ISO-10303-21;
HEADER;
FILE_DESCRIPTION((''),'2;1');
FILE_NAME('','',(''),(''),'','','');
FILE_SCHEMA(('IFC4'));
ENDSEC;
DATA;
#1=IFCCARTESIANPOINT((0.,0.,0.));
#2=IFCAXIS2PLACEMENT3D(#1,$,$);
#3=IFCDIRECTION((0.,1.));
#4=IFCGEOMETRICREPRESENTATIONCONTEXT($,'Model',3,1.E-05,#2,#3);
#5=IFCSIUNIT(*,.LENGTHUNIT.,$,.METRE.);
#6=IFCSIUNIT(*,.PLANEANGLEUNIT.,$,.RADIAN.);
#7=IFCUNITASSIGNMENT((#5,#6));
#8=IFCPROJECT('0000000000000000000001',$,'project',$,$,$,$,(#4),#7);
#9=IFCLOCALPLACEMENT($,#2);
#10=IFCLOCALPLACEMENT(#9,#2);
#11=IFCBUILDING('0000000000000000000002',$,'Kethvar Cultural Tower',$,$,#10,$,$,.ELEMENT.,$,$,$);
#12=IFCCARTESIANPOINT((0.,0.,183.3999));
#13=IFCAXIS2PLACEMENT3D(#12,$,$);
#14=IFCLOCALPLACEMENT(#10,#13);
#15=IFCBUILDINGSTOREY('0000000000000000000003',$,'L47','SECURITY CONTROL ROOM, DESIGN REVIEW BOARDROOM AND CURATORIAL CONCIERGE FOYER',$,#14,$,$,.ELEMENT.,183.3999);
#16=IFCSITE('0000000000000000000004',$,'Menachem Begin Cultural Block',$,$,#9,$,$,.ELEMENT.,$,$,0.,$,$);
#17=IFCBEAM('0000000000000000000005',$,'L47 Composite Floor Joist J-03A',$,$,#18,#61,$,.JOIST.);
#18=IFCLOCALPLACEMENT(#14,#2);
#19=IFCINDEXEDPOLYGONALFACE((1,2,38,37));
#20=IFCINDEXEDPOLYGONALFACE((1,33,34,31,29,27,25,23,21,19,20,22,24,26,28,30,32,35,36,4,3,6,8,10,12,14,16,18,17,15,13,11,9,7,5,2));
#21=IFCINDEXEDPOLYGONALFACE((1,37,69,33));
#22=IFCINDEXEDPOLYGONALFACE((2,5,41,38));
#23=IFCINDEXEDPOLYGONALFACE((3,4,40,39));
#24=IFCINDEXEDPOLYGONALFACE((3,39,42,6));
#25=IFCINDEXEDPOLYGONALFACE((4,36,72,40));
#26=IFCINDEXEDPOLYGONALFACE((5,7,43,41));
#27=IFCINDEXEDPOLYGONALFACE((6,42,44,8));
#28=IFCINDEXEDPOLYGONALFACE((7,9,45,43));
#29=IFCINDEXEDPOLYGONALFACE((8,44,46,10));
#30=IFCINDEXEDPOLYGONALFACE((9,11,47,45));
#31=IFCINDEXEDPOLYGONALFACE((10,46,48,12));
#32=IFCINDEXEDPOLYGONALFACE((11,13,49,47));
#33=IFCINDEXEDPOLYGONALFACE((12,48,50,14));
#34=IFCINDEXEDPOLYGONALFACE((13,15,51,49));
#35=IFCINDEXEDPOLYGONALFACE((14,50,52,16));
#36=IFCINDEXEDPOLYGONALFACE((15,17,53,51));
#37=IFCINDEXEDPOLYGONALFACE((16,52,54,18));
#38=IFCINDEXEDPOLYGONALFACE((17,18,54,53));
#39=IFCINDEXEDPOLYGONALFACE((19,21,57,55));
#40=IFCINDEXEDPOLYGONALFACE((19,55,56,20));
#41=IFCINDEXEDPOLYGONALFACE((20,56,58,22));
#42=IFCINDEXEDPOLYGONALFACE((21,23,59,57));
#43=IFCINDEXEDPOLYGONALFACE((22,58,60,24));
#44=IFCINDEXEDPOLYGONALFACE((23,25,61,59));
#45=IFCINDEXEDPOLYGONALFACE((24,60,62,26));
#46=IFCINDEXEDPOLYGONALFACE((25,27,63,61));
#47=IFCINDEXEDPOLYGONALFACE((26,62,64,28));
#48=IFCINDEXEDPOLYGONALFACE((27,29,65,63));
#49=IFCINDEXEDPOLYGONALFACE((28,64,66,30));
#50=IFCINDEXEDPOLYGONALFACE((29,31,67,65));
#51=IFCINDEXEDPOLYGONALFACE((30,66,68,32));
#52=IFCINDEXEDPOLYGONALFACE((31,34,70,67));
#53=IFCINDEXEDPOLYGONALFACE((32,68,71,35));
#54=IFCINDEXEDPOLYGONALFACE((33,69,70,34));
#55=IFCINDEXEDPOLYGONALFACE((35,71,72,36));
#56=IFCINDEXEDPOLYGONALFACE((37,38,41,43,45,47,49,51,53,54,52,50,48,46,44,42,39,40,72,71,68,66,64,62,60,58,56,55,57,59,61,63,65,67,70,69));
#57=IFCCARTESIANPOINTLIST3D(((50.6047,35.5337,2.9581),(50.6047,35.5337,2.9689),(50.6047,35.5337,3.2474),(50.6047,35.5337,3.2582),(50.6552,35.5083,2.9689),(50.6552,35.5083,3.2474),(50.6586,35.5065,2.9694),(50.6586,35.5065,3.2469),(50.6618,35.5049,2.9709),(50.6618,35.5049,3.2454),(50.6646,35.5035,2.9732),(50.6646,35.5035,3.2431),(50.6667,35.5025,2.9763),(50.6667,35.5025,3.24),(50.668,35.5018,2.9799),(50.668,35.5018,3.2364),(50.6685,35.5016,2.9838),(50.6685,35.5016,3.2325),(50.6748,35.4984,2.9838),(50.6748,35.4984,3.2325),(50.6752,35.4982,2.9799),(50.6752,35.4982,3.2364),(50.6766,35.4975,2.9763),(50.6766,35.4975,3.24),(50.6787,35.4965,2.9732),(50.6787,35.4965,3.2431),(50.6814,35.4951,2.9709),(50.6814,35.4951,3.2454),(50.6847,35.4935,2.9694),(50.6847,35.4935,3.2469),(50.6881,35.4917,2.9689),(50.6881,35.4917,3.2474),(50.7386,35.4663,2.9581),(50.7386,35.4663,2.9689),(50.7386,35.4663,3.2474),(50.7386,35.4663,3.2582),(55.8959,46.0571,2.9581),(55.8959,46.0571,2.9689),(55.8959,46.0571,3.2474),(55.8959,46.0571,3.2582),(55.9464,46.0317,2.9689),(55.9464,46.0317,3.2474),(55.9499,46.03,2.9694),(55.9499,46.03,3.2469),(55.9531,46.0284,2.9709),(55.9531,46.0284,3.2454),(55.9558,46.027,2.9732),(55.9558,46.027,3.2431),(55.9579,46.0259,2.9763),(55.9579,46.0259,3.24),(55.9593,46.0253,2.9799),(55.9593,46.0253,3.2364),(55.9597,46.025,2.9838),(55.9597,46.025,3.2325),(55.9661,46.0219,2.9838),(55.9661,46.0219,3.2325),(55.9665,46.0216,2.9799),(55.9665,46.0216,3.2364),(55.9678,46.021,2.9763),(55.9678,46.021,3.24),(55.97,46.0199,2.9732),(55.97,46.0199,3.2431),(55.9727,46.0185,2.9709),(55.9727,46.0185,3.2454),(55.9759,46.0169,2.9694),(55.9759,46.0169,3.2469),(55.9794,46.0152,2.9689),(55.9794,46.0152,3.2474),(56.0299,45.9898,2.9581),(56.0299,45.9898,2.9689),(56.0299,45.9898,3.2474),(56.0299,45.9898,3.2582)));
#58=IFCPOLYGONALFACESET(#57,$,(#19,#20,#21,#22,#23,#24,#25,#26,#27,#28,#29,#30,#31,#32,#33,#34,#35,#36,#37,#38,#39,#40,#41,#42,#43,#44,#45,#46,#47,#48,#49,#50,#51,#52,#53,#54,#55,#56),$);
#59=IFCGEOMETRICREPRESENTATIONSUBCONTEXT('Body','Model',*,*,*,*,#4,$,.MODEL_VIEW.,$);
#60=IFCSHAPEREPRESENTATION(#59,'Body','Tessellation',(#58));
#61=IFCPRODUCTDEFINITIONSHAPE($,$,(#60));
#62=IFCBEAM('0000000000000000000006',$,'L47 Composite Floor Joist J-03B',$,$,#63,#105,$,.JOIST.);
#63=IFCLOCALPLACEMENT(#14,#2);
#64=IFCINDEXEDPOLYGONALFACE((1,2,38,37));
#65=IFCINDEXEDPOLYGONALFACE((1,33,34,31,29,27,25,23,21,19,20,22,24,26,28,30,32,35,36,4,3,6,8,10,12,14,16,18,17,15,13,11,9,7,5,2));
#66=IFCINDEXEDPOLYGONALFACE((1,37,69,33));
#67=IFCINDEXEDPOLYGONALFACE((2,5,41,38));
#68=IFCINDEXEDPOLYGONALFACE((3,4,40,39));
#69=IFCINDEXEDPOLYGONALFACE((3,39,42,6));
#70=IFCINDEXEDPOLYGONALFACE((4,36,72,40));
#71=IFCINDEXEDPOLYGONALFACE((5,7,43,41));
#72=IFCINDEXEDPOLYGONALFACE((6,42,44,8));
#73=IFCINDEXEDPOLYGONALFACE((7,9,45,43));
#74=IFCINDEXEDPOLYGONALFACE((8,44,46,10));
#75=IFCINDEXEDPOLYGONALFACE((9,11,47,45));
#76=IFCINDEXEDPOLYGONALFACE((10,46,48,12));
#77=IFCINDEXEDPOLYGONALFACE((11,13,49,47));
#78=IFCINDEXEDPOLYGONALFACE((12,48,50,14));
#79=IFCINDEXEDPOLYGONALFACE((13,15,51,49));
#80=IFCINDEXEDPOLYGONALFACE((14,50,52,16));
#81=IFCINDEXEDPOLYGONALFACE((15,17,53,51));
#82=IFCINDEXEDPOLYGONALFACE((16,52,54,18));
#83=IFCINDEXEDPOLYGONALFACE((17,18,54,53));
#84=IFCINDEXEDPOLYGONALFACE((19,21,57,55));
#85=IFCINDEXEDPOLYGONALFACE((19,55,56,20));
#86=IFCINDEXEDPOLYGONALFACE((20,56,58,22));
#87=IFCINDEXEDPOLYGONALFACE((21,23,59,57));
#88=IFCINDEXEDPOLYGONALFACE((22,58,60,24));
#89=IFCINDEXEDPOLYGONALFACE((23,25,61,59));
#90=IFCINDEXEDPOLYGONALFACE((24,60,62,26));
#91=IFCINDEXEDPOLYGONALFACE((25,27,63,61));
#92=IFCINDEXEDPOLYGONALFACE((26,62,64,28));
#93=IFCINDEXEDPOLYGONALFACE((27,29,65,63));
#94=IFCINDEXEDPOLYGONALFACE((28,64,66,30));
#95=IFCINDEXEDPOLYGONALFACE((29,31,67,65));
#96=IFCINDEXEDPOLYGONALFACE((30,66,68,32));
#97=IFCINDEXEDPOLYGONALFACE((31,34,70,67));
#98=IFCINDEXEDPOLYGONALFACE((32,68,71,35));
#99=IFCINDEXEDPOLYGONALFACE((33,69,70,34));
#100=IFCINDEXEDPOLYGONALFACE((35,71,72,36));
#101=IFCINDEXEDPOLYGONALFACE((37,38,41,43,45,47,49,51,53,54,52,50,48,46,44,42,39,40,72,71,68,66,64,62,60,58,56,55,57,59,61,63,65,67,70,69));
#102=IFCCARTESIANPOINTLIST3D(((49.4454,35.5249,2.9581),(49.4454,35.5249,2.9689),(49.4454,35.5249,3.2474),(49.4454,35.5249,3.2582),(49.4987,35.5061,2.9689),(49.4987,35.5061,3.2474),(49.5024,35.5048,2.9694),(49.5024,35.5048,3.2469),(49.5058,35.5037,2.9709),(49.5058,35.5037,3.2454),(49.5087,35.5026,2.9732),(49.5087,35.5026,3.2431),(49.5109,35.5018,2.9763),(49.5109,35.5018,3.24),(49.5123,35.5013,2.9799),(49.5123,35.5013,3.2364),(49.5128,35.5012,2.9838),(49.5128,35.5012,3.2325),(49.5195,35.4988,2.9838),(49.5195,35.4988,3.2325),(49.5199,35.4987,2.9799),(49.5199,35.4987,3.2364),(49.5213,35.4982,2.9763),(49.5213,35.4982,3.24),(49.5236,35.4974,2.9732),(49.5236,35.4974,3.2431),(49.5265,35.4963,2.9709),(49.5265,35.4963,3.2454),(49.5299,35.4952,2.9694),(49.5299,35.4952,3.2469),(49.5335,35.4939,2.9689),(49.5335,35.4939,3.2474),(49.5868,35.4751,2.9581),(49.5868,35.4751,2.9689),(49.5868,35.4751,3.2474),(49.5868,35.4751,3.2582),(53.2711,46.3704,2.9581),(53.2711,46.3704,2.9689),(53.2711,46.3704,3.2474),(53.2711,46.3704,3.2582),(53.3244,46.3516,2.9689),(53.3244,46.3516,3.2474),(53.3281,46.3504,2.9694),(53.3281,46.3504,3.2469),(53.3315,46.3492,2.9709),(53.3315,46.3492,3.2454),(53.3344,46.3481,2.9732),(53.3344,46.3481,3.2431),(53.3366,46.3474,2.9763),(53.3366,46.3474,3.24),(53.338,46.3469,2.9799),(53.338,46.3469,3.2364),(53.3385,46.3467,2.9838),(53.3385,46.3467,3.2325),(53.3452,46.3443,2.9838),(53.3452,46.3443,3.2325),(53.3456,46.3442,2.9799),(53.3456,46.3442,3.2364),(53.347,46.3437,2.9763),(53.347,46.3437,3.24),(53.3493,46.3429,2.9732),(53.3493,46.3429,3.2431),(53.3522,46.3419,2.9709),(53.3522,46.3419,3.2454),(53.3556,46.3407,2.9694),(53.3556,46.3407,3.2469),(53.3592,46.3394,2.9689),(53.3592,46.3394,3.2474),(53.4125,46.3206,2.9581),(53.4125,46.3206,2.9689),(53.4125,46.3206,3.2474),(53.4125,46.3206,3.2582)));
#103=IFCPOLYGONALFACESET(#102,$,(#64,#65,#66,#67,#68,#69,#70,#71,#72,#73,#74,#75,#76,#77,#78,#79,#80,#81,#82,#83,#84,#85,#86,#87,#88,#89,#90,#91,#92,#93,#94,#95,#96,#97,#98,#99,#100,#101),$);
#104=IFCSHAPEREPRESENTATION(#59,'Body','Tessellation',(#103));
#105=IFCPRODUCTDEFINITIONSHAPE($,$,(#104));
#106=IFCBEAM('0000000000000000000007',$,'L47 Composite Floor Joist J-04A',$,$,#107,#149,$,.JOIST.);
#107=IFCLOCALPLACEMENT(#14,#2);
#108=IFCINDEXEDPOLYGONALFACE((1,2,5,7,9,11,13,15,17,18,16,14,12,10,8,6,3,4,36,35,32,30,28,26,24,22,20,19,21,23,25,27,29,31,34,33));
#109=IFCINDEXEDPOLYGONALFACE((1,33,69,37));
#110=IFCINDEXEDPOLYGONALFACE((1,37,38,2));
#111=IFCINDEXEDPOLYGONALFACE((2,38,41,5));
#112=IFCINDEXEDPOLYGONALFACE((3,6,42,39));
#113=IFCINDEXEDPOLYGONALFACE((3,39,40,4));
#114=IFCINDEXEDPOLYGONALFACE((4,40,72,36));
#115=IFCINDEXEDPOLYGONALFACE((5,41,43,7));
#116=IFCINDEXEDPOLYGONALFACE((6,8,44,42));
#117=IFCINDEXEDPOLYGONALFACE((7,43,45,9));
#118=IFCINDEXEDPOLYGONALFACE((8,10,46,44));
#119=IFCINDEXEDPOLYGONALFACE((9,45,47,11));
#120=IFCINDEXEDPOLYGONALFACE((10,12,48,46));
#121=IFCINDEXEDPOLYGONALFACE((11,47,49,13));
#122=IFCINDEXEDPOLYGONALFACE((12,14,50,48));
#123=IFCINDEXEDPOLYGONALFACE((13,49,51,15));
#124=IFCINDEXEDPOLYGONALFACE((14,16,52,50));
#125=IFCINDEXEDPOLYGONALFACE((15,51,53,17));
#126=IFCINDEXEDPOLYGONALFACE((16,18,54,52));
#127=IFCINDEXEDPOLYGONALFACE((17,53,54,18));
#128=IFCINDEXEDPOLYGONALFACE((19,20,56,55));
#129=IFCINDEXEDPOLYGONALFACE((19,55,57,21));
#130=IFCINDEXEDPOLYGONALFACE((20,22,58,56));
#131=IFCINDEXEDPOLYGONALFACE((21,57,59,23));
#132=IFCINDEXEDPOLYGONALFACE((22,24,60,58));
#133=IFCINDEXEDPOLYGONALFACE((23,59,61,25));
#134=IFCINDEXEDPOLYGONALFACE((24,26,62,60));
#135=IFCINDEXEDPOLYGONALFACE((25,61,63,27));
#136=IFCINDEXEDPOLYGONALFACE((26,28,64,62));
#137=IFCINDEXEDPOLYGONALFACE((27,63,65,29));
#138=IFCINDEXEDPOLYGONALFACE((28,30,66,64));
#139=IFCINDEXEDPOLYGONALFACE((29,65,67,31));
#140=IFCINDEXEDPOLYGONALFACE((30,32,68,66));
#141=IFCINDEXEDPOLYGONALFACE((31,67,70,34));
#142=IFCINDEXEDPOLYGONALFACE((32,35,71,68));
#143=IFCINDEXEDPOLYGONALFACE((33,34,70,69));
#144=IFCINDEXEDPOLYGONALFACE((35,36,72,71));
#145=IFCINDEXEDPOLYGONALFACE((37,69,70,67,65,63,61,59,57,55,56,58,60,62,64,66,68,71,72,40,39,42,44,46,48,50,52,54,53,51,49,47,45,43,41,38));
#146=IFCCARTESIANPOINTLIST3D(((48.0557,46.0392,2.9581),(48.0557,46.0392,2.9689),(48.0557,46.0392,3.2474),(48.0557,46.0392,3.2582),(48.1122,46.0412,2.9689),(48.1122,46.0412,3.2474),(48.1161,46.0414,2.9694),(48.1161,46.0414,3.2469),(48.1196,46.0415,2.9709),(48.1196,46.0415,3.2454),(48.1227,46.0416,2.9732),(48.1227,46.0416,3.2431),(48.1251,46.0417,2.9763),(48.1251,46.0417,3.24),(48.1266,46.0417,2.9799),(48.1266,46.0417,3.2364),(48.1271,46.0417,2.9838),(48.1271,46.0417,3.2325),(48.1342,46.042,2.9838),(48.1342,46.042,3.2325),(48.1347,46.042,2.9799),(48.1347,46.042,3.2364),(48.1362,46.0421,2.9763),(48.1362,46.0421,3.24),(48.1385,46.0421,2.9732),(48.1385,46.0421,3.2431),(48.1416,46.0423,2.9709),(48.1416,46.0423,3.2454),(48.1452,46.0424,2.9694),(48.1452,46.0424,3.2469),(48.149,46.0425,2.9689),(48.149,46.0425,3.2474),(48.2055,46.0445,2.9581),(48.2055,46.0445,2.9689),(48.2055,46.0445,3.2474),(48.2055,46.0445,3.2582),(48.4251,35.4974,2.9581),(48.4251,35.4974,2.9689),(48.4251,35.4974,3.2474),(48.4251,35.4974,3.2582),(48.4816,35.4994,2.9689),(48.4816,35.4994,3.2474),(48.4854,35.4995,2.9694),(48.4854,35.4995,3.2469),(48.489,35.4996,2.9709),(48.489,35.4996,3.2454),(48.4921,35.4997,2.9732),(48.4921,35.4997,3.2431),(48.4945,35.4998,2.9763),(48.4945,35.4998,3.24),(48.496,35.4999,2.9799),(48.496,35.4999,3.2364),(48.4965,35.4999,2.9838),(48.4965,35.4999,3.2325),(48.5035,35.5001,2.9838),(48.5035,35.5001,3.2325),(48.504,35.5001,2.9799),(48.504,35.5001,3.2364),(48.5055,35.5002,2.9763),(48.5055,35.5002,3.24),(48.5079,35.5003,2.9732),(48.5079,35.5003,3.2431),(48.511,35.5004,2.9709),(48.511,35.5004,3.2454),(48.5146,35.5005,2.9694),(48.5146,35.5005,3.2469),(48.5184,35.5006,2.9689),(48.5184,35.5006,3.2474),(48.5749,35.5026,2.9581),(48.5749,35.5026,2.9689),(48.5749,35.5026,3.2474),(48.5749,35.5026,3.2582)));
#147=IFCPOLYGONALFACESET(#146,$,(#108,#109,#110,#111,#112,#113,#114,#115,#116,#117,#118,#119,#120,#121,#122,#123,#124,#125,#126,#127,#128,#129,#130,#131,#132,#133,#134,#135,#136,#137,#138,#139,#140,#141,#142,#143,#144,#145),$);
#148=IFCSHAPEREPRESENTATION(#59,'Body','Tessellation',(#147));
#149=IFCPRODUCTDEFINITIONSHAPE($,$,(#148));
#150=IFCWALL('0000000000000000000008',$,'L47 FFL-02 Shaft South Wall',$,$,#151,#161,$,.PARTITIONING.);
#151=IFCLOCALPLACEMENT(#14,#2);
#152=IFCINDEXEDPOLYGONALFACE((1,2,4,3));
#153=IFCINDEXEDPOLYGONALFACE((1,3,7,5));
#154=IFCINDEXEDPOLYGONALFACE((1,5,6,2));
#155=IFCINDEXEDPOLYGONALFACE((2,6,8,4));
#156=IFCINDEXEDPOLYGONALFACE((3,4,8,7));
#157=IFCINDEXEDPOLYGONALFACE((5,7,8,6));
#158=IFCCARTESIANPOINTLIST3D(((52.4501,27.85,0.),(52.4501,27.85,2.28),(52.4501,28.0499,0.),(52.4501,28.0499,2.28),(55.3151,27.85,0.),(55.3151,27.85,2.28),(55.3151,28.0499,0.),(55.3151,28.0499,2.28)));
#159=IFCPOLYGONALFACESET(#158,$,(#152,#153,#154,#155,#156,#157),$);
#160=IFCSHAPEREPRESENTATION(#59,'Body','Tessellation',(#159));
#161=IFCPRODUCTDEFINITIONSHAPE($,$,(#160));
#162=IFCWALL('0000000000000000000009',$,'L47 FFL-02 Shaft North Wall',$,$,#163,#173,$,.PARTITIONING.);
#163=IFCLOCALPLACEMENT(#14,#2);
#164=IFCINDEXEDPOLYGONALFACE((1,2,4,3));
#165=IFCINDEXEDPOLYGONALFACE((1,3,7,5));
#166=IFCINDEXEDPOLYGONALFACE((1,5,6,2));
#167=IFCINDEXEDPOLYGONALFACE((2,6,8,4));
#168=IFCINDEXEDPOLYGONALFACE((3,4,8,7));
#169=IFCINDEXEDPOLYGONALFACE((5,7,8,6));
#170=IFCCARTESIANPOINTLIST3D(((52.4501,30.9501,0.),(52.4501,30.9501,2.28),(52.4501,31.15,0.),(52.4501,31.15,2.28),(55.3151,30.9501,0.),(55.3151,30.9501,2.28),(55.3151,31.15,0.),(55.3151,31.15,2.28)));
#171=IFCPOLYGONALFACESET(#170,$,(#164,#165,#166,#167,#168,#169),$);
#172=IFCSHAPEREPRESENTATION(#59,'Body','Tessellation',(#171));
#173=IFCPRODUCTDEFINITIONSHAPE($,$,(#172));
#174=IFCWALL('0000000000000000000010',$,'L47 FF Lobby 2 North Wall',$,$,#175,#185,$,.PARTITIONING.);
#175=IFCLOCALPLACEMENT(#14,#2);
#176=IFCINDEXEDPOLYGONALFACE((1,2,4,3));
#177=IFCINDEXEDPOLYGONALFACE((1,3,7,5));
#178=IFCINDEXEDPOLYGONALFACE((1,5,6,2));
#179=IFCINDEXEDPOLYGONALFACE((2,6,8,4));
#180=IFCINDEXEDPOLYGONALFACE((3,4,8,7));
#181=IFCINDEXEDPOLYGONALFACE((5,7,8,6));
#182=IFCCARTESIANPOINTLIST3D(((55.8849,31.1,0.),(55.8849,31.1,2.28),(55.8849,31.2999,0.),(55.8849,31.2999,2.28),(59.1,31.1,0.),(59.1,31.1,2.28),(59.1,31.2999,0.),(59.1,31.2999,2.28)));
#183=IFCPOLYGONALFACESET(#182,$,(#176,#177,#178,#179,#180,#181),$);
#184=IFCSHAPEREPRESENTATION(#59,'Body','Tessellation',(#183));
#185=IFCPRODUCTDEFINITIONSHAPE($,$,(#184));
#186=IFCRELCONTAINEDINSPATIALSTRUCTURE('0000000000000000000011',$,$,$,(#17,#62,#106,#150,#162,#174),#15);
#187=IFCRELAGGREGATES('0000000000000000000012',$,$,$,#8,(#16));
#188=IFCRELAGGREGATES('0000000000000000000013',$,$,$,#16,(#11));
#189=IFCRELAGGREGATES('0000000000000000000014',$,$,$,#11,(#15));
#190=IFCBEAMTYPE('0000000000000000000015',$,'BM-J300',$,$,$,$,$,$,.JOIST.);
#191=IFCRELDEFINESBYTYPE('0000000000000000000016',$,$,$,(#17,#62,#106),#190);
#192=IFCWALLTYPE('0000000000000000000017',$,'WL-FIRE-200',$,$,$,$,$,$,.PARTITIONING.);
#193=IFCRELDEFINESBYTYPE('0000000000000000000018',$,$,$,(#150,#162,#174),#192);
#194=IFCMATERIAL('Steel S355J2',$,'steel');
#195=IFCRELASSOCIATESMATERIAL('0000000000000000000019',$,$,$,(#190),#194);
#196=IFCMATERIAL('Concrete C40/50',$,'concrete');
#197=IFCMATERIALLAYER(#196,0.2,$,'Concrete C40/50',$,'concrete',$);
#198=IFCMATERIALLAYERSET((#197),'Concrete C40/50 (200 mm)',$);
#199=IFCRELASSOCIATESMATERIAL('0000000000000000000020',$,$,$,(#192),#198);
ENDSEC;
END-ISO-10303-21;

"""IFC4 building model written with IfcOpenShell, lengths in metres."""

from ifc_helpers import new_model, si_unit, direction, frame, frame_2d, origin, origin_2d, place, context, subcontext, project, spatial, rectangle, i_section, extrude, source, transform, mapped, material, layer, layer_set, material_profile, profile_set, type_object, element, save


model = new_model("IFC4")

# Units and contexts
model_context = context("Model", 3, precision=1e-05, world=origin(), true_north=direction((0.0, 1.0)))
body_context = subcontext(model_context, "Body", "Model", "MODEL_VIEW")
ifc_project = project(units=[si_unit("LENGTHUNIT", "METRE"), si_unit("PLANEANGLEUNIT", "RADIAN")], contexts=[model_context])

# Site, building, storey
site_placement = place(None, origin())
site = spatial("IfcSite", under=ifc_project, at=site_placement, Name="Menachem Begin Cultural Block", CompositionType="ELEMENT", RefElevation=0.0)
building_placement = place(site_placement, origin())
building = spatial("IfcBuilding", under=site, at=building_placement, Name="Kethvar Cultural Tower", CompositionType="ELEMENT")
storey_placement = place(building_placement, frame((0.0, 0.0, 183.3999)))
storey = spatial("IfcBuildingStorey", under=building, at=storey_placement, Name="L47", Description="SECURITY CONTROL ROOM, DESIGN REVIEW BOARDROOM AND CURATORIAL CONCIERGE FOYER", CompositionType="ELEMENT", Elevation=183.3999)

# Beams
ifc_material_1 = material(Name="Steel S355J2", Category="steel")
ifc_material_profile_1 = material_profile(ifc_material_1, i_section(OverallWidth=0.1499, OverallDepth=0.3, WebThickness=0.0071, FlangeThickness=0.0107, FilletRadius=0.0149, at=origin_2d()), Name="Steel S355J2 — IPE300")
ifc_profile_set_1 = profile_set([ifc_material_profile_1], Name="Steel S355J2 — IPE300")
beam_type_1 = type_object("IfcBeamType", Name="BM-J300", PredefinedType="JOIST", material=ifc_profile_set_1)
shared_shape_1 = source(origin(), body_context, "Body", "SweptSolid", [
    extrude(i_section(OverallWidth=0.1499, OverallDepth=0.3, WebThickness=0.0071, FlangeThickness=0.0107, FilletRadius=0.0149, at=origin_2d()), origin(), (0.0, 0.0, 1.0), 11.7788),
])
beam_1_placement = place(storey_placement, frame((50.6716, 35.5, 3.1082), z_axis=(0.449219, 0.893422, 0.0), x_axis=(-0.893422, 0.449219, 0.0)))
element("IfcBeam", 1, at=beam_1_placement, inside=storey, type_object=beam_type_1, Name="L47 Composite Floor Joist J-03A", PredefinedType="JOIST", context=body_context, shape_type="MappedRepresentation", body=[
    mapped(shared_shape_1, transform((0.0, 0.0, 0.0), scale=1.0)),
])
shared_shape_2 = source(origin(), body_context, "Body", "SweptSolid", [
    extrude(i_section(OverallWidth=0.1499, OverallDepth=0.3, WebThickness=0.0071, FlangeThickness=0.0107, FilletRadius=0.0149, at=origin_2d()), origin(), (0.0, 0.0, 1.0), 11.5005),
])
beam_2_placement = place(storey_placement, frame((49.5161, 35.5, 3.1082), z_axis=(0.332656, 0.943048, 0.0), x_axis=(-0.943048, 0.332656, 0.0)))
element("IfcBeam", 2, at=beam_2_placement, inside=storey, type_object=beam_type_1, Name="L47 Composite Floor Joist J-03B", PredefinedType="JOIST", context=body_context, shape_type="MappedRepresentation", body=[
    mapped(shared_shape_2, transform((0.0, 0.0, 0.0), scale=1.0)),
])
shared_shape_3 = source(origin(), body_context, "Body", "SweptSolid", [
    extrude(i_section(OverallWidth=0.1499, OverallDepth=0.3, WebThickness=0.0071, FlangeThickness=0.0107, FilletRadius=0.0149, at=origin_2d()), origin(), (0.0, 0.0, 1.0), 10.5483),
])
beam_3_placement = place(storey_placement, frame((48.5, 35.5, 3.1082), z_axis=(-0.035018, 0.999387, 0.0), x_axis=(-0.999387, -0.035018, 0.0)))
element("IfcBeam", 3, at=beam_3_placement, inside=storey, type_object=beam_type_1, Name="L47 Composite Floor Joist J-04A", PredefinedType="JOIST", context=body_context, shape_type="MappedRepresentation", body=[
    mapped(shared_shape_3, transform((0.0, 0.0, 0.0), scale=1.0)),
])

# Walls
ifc_material_2 = material(Name="Concrete C40/50", Category="concrete")
ifc_layer_1 = layer(ifc_material_2, 0.2, Name="Concrete C40/50", Category="concrete")
ifc_layer_set_1 = layer_set([ifc_layer_1], Name="Concrete C40/50 (200 mm)")
wall_type_1 = type_object("IfcWallType", Name="WL-FIRE-200", PredefinedType="PARTITIONING", material=ifc_layer_set_1)
for number, where, z_axis, x_axis, name in (
    (4, (52.45, 27.95, 0.0), (0.0, 0.0, 1.0), (1.0, 0.0, 0.0), "L47 FFL-02 Shaft South Wall"),
    (5, (52.45, 31.05, 0.0), (0.0, 0.0, 1.0), (1.0, 0.0, 0.0), "L47 FFL-02 Shaft North Wall"),
):
    element("IfcWall", number, at=place(storey_placement, frame(where, z_axis=z_axis, x_axis=x_axis)), inside=storey, type_object=wall_type_1, Name=name, PredefinedType="PARTITIONING", context=body_context, shape_type="SweptSolid", body=[
        extrude(rectangle(XDim=2.865, YDim=0.2, at=frame_2d((1.4326, 0.0))), origin(), (0.0, 0.0, 1.0), 2.28),
    ])
wall_1_placement = place(storey_placement, frame((55.885, 31.2, 0.0), z_axis=(0.0, 0.0, 1.0), x_axis=(1.0, 0.0, 0.0)))
element("IfcWall", 6, at=wall_1_placement, inside=storey, type_object=wall_type_1, Name="L47 FF Lobby 2 North Wall", PredefinedType="PARTITIONING", context=body_context, shape_type="SweptSolid", body=[
    extrude(rectangle(XDim=3.2151, YDim=0.2, at=frame_2d((1.6074, 0.0))), origin(), (0.0, 0.0, 1.0), 2.28),
])

save(model, "model.ifc")
